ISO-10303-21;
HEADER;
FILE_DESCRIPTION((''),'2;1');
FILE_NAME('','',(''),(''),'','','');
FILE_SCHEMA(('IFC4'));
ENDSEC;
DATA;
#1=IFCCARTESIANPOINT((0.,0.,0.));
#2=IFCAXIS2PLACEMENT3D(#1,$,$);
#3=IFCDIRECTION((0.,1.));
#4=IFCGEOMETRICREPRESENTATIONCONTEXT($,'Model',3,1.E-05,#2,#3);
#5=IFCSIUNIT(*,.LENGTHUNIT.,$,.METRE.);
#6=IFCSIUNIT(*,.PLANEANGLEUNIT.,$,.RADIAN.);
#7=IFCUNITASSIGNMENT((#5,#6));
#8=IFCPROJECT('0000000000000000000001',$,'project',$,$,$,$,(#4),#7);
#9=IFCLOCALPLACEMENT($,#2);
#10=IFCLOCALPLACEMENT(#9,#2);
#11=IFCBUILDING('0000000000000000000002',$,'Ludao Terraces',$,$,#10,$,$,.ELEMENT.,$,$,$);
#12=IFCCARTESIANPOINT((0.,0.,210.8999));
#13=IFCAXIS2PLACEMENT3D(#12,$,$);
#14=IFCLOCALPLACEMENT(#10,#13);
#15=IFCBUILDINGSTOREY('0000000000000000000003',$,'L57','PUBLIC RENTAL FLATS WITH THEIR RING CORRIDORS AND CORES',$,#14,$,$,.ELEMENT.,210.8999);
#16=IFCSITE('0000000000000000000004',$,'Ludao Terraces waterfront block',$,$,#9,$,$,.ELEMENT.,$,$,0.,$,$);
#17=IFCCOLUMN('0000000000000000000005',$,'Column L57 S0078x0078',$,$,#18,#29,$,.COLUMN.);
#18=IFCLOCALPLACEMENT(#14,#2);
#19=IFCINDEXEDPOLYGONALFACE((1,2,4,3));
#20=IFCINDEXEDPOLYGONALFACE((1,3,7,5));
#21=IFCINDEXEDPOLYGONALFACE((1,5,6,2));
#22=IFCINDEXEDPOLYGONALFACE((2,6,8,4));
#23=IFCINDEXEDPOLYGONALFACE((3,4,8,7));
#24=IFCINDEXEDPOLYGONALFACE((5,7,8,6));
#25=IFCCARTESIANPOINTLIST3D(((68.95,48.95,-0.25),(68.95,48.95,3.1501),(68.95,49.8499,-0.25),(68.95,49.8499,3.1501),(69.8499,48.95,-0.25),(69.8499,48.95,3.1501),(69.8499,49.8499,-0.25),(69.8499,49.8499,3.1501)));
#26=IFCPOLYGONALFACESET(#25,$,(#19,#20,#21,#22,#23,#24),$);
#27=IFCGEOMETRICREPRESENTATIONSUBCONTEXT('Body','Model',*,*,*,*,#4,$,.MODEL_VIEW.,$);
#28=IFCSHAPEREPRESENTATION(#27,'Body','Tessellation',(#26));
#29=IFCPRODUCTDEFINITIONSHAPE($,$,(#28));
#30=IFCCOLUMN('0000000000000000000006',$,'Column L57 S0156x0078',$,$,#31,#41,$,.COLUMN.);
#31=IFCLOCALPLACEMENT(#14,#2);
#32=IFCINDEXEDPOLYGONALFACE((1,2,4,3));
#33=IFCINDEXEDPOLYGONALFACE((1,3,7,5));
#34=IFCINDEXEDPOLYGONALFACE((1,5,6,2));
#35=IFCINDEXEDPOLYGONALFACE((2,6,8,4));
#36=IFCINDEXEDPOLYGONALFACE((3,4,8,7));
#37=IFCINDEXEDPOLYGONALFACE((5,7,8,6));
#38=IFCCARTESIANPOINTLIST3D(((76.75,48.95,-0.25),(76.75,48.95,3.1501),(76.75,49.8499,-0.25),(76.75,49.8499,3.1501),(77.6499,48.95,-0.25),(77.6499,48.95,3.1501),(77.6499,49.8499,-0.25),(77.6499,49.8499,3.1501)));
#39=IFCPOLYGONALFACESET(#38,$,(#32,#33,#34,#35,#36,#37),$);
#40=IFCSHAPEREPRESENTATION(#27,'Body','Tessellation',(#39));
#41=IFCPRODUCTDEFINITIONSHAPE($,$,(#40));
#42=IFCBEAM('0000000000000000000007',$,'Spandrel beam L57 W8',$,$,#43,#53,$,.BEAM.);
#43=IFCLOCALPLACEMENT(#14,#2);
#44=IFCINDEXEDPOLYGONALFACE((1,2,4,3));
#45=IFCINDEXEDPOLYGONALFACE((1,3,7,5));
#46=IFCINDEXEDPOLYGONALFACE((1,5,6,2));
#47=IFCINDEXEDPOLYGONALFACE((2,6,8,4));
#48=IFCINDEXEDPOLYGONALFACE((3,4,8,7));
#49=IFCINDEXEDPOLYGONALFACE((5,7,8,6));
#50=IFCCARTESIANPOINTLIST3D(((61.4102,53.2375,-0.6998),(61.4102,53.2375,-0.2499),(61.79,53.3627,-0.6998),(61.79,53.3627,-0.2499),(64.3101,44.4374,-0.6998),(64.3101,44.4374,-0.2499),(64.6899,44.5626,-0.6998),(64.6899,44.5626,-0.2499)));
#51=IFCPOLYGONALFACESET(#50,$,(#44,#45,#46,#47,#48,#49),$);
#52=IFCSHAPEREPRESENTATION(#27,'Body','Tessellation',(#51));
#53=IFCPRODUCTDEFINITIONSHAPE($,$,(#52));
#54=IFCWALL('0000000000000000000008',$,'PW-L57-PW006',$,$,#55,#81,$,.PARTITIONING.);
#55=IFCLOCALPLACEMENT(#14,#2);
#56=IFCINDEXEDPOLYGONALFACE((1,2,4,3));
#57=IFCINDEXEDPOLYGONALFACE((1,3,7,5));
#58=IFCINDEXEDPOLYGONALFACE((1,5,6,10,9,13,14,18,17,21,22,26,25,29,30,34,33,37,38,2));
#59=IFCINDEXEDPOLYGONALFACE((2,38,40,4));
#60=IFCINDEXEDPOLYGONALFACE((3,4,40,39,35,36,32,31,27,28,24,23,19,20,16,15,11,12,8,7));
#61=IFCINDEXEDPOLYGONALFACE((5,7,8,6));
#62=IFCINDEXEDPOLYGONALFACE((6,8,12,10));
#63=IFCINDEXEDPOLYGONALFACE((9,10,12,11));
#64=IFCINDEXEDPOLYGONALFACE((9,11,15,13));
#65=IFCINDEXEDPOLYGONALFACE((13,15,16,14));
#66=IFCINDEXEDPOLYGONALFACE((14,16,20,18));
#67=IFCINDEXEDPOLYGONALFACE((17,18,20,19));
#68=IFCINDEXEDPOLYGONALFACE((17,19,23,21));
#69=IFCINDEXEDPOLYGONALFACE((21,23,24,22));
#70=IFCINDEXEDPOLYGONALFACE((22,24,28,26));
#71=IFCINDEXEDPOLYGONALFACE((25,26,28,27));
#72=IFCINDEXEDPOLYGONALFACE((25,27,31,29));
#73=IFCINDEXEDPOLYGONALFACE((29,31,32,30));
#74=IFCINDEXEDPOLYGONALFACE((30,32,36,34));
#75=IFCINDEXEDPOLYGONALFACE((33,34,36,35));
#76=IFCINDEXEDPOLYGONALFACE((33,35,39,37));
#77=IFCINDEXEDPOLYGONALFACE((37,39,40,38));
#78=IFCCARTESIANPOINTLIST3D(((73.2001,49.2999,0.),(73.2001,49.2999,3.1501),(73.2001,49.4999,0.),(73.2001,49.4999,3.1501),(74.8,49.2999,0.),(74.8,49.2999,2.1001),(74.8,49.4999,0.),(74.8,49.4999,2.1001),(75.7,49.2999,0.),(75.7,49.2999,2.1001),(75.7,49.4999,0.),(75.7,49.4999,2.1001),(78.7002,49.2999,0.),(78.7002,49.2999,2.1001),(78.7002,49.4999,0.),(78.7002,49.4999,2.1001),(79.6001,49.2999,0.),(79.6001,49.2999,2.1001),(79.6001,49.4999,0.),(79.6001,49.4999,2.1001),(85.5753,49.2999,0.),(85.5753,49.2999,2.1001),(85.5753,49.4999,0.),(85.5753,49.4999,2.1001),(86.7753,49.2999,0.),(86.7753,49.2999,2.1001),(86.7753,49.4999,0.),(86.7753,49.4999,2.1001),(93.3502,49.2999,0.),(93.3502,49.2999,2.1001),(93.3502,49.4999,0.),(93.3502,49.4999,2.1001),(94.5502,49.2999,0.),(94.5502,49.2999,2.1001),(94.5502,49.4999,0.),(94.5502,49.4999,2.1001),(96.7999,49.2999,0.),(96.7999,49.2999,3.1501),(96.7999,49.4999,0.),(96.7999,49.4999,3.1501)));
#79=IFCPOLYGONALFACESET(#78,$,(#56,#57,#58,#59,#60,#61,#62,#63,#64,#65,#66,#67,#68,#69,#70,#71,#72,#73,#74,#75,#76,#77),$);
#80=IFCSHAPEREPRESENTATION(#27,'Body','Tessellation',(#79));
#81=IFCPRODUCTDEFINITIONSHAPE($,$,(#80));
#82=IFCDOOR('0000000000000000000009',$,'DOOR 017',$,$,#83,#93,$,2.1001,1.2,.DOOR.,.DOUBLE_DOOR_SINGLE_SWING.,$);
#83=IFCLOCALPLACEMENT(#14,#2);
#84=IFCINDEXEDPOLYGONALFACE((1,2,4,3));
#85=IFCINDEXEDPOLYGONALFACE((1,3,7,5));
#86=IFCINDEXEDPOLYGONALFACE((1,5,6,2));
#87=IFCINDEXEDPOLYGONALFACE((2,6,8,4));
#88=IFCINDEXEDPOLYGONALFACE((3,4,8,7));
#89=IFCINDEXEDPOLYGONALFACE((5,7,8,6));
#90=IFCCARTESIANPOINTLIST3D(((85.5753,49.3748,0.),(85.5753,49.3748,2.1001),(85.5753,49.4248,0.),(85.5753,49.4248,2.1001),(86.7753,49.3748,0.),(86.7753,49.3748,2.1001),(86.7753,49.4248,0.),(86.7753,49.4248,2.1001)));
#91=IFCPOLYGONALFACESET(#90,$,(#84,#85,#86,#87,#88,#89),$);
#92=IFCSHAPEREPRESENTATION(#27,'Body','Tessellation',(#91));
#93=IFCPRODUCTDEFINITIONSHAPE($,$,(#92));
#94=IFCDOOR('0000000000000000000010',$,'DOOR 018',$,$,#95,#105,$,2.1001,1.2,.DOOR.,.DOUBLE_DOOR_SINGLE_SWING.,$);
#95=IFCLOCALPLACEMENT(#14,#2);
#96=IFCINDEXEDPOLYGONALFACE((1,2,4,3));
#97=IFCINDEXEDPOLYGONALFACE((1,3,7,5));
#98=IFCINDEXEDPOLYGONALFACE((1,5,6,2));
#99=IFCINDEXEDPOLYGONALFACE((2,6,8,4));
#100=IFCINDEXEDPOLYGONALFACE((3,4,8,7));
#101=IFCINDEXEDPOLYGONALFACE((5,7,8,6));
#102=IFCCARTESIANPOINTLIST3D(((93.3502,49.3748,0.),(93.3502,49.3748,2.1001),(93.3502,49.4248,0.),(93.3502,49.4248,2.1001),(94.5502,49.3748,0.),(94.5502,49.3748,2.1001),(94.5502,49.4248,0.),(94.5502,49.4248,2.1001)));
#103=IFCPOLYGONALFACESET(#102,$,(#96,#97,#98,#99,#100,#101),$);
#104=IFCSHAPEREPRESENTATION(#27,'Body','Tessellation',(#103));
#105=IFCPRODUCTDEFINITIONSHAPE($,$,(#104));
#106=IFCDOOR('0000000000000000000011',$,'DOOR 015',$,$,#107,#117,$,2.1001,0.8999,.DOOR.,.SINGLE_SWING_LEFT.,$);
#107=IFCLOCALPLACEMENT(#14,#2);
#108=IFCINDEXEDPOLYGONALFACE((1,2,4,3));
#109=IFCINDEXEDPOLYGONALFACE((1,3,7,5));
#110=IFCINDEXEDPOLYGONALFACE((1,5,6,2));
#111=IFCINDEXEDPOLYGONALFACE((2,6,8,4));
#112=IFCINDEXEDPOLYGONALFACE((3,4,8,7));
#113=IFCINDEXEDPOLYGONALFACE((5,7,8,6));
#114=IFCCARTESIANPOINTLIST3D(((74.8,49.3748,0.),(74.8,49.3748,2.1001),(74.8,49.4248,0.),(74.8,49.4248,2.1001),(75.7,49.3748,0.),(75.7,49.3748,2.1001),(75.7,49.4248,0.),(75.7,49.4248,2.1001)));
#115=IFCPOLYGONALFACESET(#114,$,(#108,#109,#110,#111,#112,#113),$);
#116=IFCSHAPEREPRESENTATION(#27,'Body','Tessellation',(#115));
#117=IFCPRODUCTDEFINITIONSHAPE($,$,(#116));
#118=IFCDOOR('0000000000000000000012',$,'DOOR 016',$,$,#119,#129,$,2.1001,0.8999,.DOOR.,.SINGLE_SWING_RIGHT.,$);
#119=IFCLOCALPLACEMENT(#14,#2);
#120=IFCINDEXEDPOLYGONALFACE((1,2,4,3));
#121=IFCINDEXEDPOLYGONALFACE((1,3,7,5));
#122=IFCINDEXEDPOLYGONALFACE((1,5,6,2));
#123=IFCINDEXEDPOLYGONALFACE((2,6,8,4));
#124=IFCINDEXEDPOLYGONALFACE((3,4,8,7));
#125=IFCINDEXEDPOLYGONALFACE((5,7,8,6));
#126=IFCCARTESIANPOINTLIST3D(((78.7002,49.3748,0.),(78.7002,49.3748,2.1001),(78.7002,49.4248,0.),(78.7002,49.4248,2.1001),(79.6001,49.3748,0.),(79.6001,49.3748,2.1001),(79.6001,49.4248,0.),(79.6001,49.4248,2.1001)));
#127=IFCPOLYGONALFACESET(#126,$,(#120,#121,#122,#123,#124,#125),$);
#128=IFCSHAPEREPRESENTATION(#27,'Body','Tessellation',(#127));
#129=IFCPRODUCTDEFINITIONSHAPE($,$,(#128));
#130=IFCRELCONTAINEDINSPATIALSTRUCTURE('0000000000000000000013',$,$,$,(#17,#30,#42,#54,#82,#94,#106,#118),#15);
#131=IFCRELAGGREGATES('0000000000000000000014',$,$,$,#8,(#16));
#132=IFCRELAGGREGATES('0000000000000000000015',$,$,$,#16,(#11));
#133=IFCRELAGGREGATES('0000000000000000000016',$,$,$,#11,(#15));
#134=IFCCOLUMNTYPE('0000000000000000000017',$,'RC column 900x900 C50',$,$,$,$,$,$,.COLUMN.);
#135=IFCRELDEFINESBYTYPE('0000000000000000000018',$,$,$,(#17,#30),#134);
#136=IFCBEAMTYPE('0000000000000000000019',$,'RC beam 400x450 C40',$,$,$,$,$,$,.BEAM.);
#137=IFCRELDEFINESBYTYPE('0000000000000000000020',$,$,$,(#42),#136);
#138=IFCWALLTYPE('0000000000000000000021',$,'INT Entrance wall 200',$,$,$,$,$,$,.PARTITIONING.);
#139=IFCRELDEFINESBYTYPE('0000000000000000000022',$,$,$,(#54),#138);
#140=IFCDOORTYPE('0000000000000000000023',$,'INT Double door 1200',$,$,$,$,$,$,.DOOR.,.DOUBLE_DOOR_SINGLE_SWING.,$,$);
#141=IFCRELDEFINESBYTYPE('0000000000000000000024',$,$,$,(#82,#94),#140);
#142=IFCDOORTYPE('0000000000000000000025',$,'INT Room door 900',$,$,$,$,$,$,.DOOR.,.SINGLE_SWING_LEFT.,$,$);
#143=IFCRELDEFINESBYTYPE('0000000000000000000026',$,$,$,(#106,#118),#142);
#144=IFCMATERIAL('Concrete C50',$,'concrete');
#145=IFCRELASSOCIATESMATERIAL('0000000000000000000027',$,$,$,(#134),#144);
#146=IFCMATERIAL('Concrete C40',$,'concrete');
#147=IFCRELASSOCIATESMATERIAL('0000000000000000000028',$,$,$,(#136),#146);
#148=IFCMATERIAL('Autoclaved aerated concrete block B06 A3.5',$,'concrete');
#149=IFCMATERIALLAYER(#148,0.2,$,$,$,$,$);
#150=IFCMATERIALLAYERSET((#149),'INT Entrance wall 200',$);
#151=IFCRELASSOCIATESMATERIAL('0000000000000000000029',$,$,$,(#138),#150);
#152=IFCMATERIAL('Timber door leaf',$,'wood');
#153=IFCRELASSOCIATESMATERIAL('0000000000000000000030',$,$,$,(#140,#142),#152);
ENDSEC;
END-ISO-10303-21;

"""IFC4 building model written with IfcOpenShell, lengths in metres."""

from ifc_helpers import new_model, si_unit, direction, frame, frame_2d, origin, origin_2d, place, context, subcontext, project, spatial, rectangle, extrude, material, layer, layer_set, material_profile, profile_set, type_object, element, fill, save


model = new_model("IFC4")

# Units and contexts
model_context = context("Model", 3, precision=1e-05, world=origin(), true_north=direction((0.0, 1.0)))
body_context = subcontext(model_context, "Body", "Model", "MODEL_VIEW")
ifc_project = project(units=[si_unit("LENGTHUNIT", "METRE"), si_unit("PLANEANGLEUNIT", "RADIAN")], contexts=[model_context])

# Site, building, storey
site_placement = place(None, origin())
site = spatial("IfcSite", under=ifc_project, at=site_placement, Name="Ludao Terraces waterfront block", CompositionType="ELEMENT", RefElevation=0.0)
building_placement = place(site_placement, origin())
building = spatial("IfcBuilding", under=site, at=building_placement, Name="Ludao Terraces", CompositionType="ELEMENT")
storey_placement = place(building_placement, frame((0.0, 0.0, 210.8999)))
storey = spatial("IfcBuildingStorey", under=building, at=storey_placement, Name="L57", Description="PUBLIC RENTAL FLATS WITH THEIR RING CORRIDORS AND CORES", CompositionType="ELEMENT", Elevation=210.8999)

# Columns
ifc_material_1 = material(Name="Concrete C50", Category="concrete")
ifc_material_profile_1 = material_profile(ifc_material_1, rectangle(XDim=0.8999, YDim=0.8999, at=origin_2d()), Name="900 X 900")
ifc_profile_set_1 = profile_set([ifc_material_profile_1], Name="Concrete C50")
column_type = type_object("IfcColumnType", Name="RC column 900x900 C50", PredefinedType="COLUMN", material=ifc_profile_set_1)
for number, where, z_axis, x_axis, name in (
    (1, (69.3999, 49.3999, -0.25), (0.0, 0.0, 1.0), (1.0, 0.0, 0.0), "Column L57 S0078x0078"),
    (2, (77.2, 49.3999, -0.25), (0.0, 0.0, 1.0), (1.0, 0.0, 0.0), "Column L57 S0156x0078"),
):
    element("IfcColumn", number, at=place(storey_placement, frame(where, z_axis=z_axis, x_axis=x_axis)), inside=storey, type_object=column_type, Name=name, PredefinedType="COLUMN", context=body_context, shape_type="SweptSolid", body=[
        extrude(rectangle(XDim=0.8999, YDim=0.8999, at=origin_2d()), origin(), (0.0, 0.0, 1.0), 3.4001),
    ])

# Beam
ifc_material_2 = material(Name="Concrete C40", Category="concrete")
ifc_material_profile_2 = material_profile(ifc_material_2, rectangle(XDim=0.3999, YDim=0.45, at=origin_2d()), Name="400 X 450")
ifc_profile_set_2 = profile_set([ifc_material_profile_2], Name="Concrete C40")
beam_type = type_object("IfcBeamType", Name="RC beam 400x450 C40", PredefinedType="BEAM", material=ifc_profile_set_2)
beam_placement = place(storey_placement, frame((64.5, 44.5, -0.4749), z_axis=(-0.312977, 0.949761, 0.0), x_axis=(-0.949761, -0.312977, 0.0)))
element("IfcBeam", 3, at=beam_placement, inside=storey, type_object=beam_type, Name="Spandrel beam L57 W8", PredefinedType="BEAM", context=body_context, shape_type="SweptSolid", body=[
    extrude(rectangle(XDim=0.3999, YDim=0.45, at=origin_2d()), origin(), (0.0, 0.0, 1.0), 9.2656),
])

# Wall, openings, doors
ifc_material_3 = material(Name="Autoclaved aerated concrete block B06 A3.5", Category="concrete")
ifc_layer_1 = layer(ifc_material_3, 0.2)
ifc_layer_set_1 = layer_set([ifc_layer_1], Name="INT Entrance wall 200")
wall_type_1 = type_object("IfcWallType", Name="INT Entrance wall 200", PredefinedType="PARTITIONING", material=ifc_layer_set_1)
wall_1_placement = place(storey_placement, frame((73.2002, 49.3999, 0.0), z_axis=(0.0, 0.0, 1.0), x_axis=(1.0, 0.0, 0.0)))
wall_1 = element("IfcWall", 4, at=wall_1_placement, inside=storey, type_object=wall_type_1, Name="PW-L57-PW006", PredefinedType="PARTITIONING", context=body_context, shape_type="SweptSolid", body=[
    extrude(rectangle(XDim=23.5999, YDim=0.2, at=frame_2d((11.7998, 0.0))), origin(), (0.0, 0.0, 1.0), 3.1501),
])
opening_1_placement = place(wall_1_placement, frame((1.5999, 0.0, 0.0)))
opening_1 = element("IfcOpeningElement", 5, at=opening_1_placement, cuts=wall_1, PredefinedType="OPENING", context=body_context, shape_type="SweptSolid", body=[
    extrude(rectangle(XDim=0.8999, YDim=2.1001, at=frame_2d((0.45, 1.05))), frame((0.0, 0.1099, 0.0), z_axis=(0.0, -1.0, 0.0), x_axis=(1.0, 0.0, 0.0)), (0.0, 0.0, 1.0), 0.22),
])
opening_2_placement = place(wall_1_placement, frame((5.5, 0.0, 0.0)))
opening_2 = element("IfcOpeningElement", 6, at=opening_2_placement, cuts=wall_1, PredefinedType="OPENING", context=body_context, shape_type="SweptSolid", body=[
    extrude(rectangle(XDim=0.8999, YDim=2.1001, at=frame_2d((0.45, 1.05))), frame((0.0, 0.1099, 0.0), z_axis=(0.0, -1.0, 0.0), x_axis=(1.0, 0.0, 0.0)), (0.0, 0.0, 1.0), 0.22),
])
opening_3_placement = place(wall_1_placement, frame((12.375, 0.0, 0.0)))
opening_3 = element("IfcOpeningElement", 7, at=opening_3_placement, cuts=wall_1, PredefinedType="OPENING", context=body_context, shape_type="SweptSolid", body=[
    extrude(rectangle(XDim=1.2, YDim=2.1001, at=frame_2d((0.6001, 1.05))), frame((0.0, 0.1099, 0.0), z_axis=(0.0, -1.0, 0.0), x_axis=(1.0, 0.0, 0.0)), (0.0, 0.0, 1.0), 0.22),
])
opening_4_placement = place(wall_1_placement, frame((20.1499, 0.0, 0.0)))
opening_4 = element("IfcOpeningElement", 8, at=opening_4_placement, cuts=wall_1, PredefinedType="OPENING", context=body_context, shape_type="SweptSolid", body=[
    extrude(rectangle(XDim=1.2, YDim=2.1001, at=frame_2d((0.6001, 1.05))), frame((0.0, 0.1099, 0.0), z_axis=(0.0, -1.0, 0.0), x_axis=(1.0, 0.0, 0.0)), (0.0, 0.0, 1.0), 0.22),
])
ifc_material_4 = material(Name="Timber door leaf", Category="wood")
door_type_1 = type_object("IfcDoorType", Name="INT Double door 1200", OperationType="DOUBLE_DOOR_SINGLE_SWING", PredefinedType="DOOR", material=ifc_material_4)
door_1_placement = place(opening_3_placement, origin())
door_1 = element("IfcDoor", 9, at=door_1_placement, inside=storey, type_object=door_type_1, Name="DOOR 017", OperationType="DOUBLE_DOOR_SINGLE_SWING", OverallHeight=2.1001, OverallWidth=1.2, PredefinedType="DOOR", context=body_context, shape_type="SweptSolid", body=[
    extrude(rectangle(XDim=1.2, YDim=2.1001, at=frame_2d((0.6001, 1.05))), frame((0.0, 0.0249, 0.0), z_axis=(0.0, -1.0, 0.0), x_axis=(1.0, 0.0, 0.0)), (0.0, 0.0, 1.0), 0.05),
])
fill(opening_3, door_1)
door_2_placement = place(opening_4_placement, origin())
door_2 = element("IfcDoor", 10, at=door_2_placement, inside=storey, type_object=door_type_1, Name="DOOR 018", OperationType="DOUBLE_DOOR_SINGLE_SWING", OverallHeight=2.1001, OverallWidth=1.2, PredefinedType="DOOR", context=body_context, shape_type="SweptSolid", body=[
    extrude(rectangle(XDim=1.2, YDim=2.1001, at=frame_2d((0.6001, 1.05))), frame((0.0, 0.0249, 0.0), z_axis=(0.0, -1.0, 0.0), x_axis=(1.0, 0.0, 0.0)), (0.0, 0.0, 1.0), 0.05),
])
fill(opening_4, door_2)
door_type_2 = type_object("IfcDoorType", Name="INT Room door 900", OperationType="SINGLE_SWING_LEFT", PredefinedType="DOOR", material=ifc_material_4)
door_3_placement = place(opening_1_placement, origin())
door_3 = element("IfcDoor", 11, at=door_3_placement, inside=storey, type_object=door_type_2, Name="DOOR 015", OperationType="SINGLE_SWING_LEFT", OverallHeight=2.1001, OverallWidth=0.8999, PredefinedType="DOOR", context=body_context, shape_type="SweptSolid", body=[
    extrude(rectangle(XDim=0.8999, YDim=2.1001, at=frame_2d((0.45, 1.05))), frame((0.0, 0.0249, 0.0), z_axis=(0.0, -1.0, 0.0), x_axis=(1.0, 0.0, 0.0)), (0.0, 0.0, 1.0), 0.05),
])
fill(opening_1, door_3)
door_4_placement = place(opening_2_placement, origin())
door_4 = element("IfcDoor", 12, at=door_4_placement, inside=storey, type_object=door_type_2, Name="DOOR 016", OperationType="SINGLE_SWING_RIGHT", OverallHeight=2.1001, OverallWidth=0.8999, PredefinedType="DOOR", context=body_context, shape_type="SweptSolid", body=[
    extrude(rectangle(XDim=0.8999, YDim=2.1001, at=frame_2d((0.45, 1.05))), frame((0.0, 0.0249, 0.0), z_axis=(0.0, -1.0, 0.0), x_axis=(1.0, 0.0, 0.0)), (0.0, 0.0, 1.0), 0.05),
])
fill(opening_2, door_4)

save(model, "model.ifc")
